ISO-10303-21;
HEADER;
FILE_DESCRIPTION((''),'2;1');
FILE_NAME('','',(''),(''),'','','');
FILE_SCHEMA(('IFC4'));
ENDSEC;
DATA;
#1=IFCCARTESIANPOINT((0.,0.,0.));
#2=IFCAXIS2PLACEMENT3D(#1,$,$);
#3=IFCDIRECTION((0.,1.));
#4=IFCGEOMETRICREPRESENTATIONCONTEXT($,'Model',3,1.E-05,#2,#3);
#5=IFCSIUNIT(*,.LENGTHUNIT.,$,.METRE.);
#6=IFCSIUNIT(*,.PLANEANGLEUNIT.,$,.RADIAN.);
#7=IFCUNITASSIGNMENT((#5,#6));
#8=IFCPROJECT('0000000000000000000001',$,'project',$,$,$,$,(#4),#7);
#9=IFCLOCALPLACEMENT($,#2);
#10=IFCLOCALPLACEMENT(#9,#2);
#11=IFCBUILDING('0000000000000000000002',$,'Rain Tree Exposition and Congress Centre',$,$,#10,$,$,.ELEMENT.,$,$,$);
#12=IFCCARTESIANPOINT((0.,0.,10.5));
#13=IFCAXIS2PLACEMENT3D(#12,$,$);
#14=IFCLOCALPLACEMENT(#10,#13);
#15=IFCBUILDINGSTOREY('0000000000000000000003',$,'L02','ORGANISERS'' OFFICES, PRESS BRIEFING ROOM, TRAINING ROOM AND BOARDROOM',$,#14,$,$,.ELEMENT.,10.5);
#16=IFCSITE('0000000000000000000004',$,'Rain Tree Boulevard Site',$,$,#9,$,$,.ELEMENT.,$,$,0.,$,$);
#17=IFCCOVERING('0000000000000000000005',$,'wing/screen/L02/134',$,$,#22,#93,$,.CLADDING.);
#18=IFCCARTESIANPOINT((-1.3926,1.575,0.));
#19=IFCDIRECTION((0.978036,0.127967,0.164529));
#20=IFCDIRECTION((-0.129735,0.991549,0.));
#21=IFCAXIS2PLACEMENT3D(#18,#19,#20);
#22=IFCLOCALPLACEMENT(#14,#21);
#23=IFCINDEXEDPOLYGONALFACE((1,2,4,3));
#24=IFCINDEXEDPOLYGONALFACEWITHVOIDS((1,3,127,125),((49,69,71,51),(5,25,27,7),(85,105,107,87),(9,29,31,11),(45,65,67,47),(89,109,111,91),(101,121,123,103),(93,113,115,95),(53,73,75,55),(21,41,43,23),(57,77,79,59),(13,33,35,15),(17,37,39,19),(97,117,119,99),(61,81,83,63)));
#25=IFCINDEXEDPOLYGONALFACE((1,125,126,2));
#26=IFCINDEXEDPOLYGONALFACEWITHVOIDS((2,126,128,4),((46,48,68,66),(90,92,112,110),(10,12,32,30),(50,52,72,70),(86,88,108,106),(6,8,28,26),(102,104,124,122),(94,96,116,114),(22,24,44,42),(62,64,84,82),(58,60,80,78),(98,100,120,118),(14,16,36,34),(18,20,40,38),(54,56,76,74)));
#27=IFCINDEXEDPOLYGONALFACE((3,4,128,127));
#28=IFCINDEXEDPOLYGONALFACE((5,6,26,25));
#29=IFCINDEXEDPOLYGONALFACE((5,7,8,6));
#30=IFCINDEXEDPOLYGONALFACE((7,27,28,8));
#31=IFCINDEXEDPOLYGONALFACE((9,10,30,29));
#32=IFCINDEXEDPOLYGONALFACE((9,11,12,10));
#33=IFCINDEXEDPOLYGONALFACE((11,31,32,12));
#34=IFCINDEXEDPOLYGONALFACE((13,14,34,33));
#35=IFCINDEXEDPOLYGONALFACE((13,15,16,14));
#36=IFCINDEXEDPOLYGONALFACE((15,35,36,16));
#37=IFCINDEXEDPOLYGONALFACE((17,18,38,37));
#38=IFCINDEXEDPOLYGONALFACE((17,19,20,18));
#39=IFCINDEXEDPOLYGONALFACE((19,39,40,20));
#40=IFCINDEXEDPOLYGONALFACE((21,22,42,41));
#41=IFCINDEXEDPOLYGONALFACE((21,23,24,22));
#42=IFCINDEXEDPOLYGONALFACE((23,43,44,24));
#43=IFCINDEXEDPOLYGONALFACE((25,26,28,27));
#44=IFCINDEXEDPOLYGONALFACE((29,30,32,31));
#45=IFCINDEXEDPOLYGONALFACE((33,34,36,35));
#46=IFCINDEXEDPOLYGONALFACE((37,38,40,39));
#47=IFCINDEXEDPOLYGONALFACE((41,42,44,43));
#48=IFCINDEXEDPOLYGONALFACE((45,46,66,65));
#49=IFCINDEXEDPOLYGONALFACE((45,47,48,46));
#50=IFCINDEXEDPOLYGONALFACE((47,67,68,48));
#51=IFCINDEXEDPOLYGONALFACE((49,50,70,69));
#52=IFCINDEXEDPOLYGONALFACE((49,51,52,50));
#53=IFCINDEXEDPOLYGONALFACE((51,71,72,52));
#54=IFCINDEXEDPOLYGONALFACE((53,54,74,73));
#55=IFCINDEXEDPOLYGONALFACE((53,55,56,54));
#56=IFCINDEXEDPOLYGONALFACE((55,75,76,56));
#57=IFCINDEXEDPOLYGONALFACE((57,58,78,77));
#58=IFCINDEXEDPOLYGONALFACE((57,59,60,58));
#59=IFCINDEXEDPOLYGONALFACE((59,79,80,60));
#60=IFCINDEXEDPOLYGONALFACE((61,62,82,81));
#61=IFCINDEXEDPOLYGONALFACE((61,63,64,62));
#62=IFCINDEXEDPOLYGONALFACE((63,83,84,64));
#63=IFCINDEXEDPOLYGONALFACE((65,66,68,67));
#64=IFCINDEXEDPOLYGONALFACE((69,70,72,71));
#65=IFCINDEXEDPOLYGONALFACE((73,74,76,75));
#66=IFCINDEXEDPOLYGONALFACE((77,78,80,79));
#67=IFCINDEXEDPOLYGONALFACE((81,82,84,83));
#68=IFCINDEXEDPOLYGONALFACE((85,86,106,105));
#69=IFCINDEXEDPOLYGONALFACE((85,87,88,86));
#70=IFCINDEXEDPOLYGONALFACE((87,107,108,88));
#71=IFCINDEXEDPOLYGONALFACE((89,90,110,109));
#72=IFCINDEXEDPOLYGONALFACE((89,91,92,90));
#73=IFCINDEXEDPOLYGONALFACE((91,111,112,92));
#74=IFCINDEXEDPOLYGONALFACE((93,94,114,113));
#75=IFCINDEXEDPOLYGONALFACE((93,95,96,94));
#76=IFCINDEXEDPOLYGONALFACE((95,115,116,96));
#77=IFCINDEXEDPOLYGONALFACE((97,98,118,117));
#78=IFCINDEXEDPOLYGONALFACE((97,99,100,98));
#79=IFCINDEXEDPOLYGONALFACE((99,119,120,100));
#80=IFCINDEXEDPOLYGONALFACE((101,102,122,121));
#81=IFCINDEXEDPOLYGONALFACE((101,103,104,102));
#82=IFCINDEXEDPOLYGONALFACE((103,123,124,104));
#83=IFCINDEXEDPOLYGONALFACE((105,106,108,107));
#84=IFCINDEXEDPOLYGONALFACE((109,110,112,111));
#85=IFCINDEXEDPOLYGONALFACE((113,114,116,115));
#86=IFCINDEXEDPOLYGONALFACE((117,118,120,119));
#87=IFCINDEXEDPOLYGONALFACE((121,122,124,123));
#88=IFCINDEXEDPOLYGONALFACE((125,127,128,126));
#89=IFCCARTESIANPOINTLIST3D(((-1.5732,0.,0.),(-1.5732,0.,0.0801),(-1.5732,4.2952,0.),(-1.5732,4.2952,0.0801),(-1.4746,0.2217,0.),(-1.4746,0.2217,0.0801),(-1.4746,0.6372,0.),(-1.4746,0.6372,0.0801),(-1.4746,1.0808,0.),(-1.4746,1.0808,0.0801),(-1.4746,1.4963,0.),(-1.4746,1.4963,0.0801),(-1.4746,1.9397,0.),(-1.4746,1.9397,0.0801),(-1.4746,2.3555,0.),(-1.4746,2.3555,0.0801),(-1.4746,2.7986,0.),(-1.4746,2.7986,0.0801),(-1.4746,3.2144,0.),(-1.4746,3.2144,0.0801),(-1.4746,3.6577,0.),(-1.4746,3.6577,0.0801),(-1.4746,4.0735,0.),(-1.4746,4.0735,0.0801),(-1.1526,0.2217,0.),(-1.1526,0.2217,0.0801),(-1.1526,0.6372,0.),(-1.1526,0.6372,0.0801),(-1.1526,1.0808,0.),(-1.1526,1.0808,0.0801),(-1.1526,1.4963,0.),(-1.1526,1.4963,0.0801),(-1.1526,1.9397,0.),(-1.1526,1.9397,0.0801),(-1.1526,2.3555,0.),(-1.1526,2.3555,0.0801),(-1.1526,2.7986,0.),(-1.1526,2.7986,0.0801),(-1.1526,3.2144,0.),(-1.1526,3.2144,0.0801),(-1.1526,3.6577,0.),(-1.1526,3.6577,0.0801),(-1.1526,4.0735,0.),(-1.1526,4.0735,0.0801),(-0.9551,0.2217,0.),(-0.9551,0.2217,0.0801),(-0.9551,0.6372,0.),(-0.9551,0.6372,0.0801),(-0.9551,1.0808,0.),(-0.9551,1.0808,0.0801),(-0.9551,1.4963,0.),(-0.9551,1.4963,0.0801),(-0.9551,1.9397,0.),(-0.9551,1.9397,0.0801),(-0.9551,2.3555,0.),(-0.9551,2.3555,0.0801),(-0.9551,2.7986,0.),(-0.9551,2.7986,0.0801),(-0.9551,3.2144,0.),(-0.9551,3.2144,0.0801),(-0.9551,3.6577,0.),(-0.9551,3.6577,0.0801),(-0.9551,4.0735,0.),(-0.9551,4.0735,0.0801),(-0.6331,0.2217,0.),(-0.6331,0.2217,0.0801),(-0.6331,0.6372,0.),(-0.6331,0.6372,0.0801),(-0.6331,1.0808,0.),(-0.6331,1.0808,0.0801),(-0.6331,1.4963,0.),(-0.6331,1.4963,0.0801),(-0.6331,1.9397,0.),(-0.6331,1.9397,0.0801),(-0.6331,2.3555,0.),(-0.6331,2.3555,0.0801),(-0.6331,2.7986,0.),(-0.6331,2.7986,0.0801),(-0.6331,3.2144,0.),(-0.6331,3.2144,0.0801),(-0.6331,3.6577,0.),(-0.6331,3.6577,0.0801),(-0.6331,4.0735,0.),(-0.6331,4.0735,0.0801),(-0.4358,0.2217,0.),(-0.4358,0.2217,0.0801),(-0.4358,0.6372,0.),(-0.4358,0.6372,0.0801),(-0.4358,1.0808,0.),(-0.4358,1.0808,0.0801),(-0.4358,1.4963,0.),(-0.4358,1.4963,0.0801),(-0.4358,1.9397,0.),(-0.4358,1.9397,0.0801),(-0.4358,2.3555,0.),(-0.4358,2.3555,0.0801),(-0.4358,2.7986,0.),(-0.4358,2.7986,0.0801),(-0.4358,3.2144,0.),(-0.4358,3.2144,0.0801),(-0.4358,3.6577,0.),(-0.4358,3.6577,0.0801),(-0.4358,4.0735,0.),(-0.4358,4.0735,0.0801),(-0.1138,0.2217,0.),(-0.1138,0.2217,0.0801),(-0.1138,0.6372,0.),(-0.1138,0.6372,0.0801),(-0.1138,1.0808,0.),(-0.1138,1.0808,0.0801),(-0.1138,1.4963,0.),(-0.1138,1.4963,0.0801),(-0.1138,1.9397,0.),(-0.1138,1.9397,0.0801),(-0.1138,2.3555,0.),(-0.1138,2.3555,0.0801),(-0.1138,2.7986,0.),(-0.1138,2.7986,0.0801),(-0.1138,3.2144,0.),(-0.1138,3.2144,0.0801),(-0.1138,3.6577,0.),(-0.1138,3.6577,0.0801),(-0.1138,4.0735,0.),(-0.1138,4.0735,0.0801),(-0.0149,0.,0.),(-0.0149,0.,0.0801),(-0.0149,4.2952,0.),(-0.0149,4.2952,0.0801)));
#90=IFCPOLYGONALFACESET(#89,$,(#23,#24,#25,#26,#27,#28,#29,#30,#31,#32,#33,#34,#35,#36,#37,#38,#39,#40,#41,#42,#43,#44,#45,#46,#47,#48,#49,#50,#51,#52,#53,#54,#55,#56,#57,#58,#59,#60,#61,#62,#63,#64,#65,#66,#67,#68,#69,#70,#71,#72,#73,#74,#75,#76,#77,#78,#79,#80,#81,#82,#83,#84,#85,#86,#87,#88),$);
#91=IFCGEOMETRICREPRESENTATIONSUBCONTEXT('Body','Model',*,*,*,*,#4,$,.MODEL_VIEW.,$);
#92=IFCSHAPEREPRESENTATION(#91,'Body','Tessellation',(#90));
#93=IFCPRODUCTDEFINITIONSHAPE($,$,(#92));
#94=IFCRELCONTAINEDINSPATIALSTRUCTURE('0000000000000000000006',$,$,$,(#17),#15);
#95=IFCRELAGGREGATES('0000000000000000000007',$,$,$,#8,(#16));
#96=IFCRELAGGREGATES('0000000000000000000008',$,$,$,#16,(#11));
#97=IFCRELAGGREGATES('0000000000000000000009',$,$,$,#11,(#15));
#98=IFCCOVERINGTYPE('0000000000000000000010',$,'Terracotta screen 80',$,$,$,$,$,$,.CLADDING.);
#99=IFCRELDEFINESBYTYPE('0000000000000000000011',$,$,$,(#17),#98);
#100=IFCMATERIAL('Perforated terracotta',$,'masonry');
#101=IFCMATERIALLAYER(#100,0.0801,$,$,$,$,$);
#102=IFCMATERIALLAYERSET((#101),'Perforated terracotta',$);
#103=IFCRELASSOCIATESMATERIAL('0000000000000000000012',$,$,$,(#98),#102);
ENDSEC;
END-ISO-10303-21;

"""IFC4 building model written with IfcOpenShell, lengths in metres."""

from ifc_helpers import new_model, si_unit, direction, frame, origin, place, context, subcontext, project, spatial, polyline, outline, extrude, material, layer, layer_set, type_object, element, save


model = new_model("IFC4")

# Units and contexts
model_context = context("Model", 3, precision=1e-05, world=origin(), true_north=direction((0.0, 1.0)))
body_context = subcontext(model_context, "Body", "Model", "MODEL_VIEW")
ifc_project = project(units=[si_unit("LENGTHUNIT", "METRE"), si_unit("PLANEANGLEUNIT", "RADIAN")], contexts=[model_context])

# Site, building, storey
site_placement = place(None, origin())
site = spatial("IfcSite", under=ifc_project, at=site_placement, Name="Rain Tree Boulevard Site", CompositionType="ELEMENT", RefElevation=0.0)
building_placement = place(site_placement, origin())
building = spatial("IfcBuilding", under=site, at=building_placement, Name="Rain Tree Exposition and Congress Centre", CompositionType="ELEMENT")
storey_placement = place(building_placement, frame((0.0, 0.0, 10.5)))
storey = spatial("IfcBuildingStorey", under=building, at=storey_placement, Name="L02", Description="ORGANISERS' OFFICES, PRESS BRIEFING ROOM, TRAINING ROOM AND BOARDROOM", CompositionType="ELEMENT", Elevation=10.5)

# Covering
ifc_material_1 = material(Name="Perforated terracotta", Category="masonry")
ifc_layer_1 = layer(ifc_material_1, 0.0801)
ifc_layer_set_1 = layer_set([ifc_layer_1], Name="Perforated terracotta")
covering_type = type_object("IfcCoveringType", Name="Terracotta screen 80", PredefinedType="CLADDING", material=ifc_layer_set_1)
covering_1_placement = place(storey_placement, frame((-1.3926, 1.575, 0.0), z_axis=(0.978036, 0.127967, 0.164529), x_axis=(-0.129735, 0.991549, 0.0)))
element("IfcCovering", 1, at=covering_1_placement, inside=storey, type_object=covering_type, Name="wing/screen/L02/134", PredefinedType="CLADDING", context=body_context, shape_type="SweptSolid", body=[
    extrude(outline(polyline([(-1.5732, 0.0), (-1.5732, 4.2952), (-0.0149, 4.2952), (-0.0149, 0.0), (-1.5732, 0.0)]), holes=[polyline([(-0.1138, 0.2217), (-0.1138, 0.6372), (-0.4358, 0.6372), (-0.4358, 0.2217), (-0.1138, 0.2217)]), polyline([(-0.1138, 1.0808), (-0.1138, 1.4963), (-0.4358, 1.4963), (-0.4358, 1.0808), (-0.1138, 1.0808)]), polyline([(-0.1138, 1.9397), (-0.1138, 2.3555), (-0.4358, 2.3555), (-0.4358, 1.9397), (-0.1138, 1.9397)]), polyline([(-0.1138, 2.7986), (-0.1138, 3.2144), (-0.4358, 3.2144), (-0.4358, 2.7986), (-0.1138, 2.7986)]), polyline([(-0.1138, 3.6577), (-0.1138, 4.0735), (-0.4358, 4.0735), (-0.4358, 3.6577), (-0.1138, 3.6577)]), polyline([(-0.6331, 0.2217), (-0.6331, 0.6372), (-0.9551, 0.6372), (-0.9551, 0.2217), (-0.6331, 0.2217)]), polyline([(-0.6331, 1.0808), (-0.6331, 1.4963), (-0.9551, 1.4963), (-0.9551, 1.0808), (-0.6331, 1.0808)]), polyline([(-0.6331, 1.9397), (-0.6331, 2.3555), (-0.9551, 2.3555), (-0.9551, 1.9397), (-0.6331, 1.9397)]), polyline([(-0.6331, 2.7986), (-0.6331, 3.2144), (-0.9551, 3.2144), (-0.9551, 2.7986), (-0.6331, 2.7986)]), polyline([(-0.6331, 3.6577), (-0.6331, 4.0735), (-0.9551, 4.0735), (-0.9551, 3.6577), (-0.6331, 3.6577)]), polyline([(-1.1526, 0.2217), (-1.1526, 0.6372), (-1.4746, 0.6372), (-1.4746, 0.2217), (-1.1526, 0.2217)]), polyline([(-1.1526, 1.0808), (-1.1526, 1.4963), (-1.4746, 1.4963), (-1.4746, 1.0808), (-1.1526, 1.0808)]), polyline([(-1.1526, 1.9397), (-1.1526, 2.3555), (-1.4746, 2.3555), (-1.4746, 1.9397), (-1.1526, 1.9397)]), polyline([(-1.1526, 2.7986), (-1.1526, 3.2144), (-1.4746, 3.2144), (-1.4746, 2.7986), (-1.1526, 2.7986)]), polyline([(-1.1526, 3.6577), (-1.1526, 4.0735), (-1.4746, 4.0735), (-1.4746, 3.6577), (-1.1526, 3.6577)])]), origin(), (0.0, 0.0, 1.0), 0.0801),
])

save(model, "model.ifc")
